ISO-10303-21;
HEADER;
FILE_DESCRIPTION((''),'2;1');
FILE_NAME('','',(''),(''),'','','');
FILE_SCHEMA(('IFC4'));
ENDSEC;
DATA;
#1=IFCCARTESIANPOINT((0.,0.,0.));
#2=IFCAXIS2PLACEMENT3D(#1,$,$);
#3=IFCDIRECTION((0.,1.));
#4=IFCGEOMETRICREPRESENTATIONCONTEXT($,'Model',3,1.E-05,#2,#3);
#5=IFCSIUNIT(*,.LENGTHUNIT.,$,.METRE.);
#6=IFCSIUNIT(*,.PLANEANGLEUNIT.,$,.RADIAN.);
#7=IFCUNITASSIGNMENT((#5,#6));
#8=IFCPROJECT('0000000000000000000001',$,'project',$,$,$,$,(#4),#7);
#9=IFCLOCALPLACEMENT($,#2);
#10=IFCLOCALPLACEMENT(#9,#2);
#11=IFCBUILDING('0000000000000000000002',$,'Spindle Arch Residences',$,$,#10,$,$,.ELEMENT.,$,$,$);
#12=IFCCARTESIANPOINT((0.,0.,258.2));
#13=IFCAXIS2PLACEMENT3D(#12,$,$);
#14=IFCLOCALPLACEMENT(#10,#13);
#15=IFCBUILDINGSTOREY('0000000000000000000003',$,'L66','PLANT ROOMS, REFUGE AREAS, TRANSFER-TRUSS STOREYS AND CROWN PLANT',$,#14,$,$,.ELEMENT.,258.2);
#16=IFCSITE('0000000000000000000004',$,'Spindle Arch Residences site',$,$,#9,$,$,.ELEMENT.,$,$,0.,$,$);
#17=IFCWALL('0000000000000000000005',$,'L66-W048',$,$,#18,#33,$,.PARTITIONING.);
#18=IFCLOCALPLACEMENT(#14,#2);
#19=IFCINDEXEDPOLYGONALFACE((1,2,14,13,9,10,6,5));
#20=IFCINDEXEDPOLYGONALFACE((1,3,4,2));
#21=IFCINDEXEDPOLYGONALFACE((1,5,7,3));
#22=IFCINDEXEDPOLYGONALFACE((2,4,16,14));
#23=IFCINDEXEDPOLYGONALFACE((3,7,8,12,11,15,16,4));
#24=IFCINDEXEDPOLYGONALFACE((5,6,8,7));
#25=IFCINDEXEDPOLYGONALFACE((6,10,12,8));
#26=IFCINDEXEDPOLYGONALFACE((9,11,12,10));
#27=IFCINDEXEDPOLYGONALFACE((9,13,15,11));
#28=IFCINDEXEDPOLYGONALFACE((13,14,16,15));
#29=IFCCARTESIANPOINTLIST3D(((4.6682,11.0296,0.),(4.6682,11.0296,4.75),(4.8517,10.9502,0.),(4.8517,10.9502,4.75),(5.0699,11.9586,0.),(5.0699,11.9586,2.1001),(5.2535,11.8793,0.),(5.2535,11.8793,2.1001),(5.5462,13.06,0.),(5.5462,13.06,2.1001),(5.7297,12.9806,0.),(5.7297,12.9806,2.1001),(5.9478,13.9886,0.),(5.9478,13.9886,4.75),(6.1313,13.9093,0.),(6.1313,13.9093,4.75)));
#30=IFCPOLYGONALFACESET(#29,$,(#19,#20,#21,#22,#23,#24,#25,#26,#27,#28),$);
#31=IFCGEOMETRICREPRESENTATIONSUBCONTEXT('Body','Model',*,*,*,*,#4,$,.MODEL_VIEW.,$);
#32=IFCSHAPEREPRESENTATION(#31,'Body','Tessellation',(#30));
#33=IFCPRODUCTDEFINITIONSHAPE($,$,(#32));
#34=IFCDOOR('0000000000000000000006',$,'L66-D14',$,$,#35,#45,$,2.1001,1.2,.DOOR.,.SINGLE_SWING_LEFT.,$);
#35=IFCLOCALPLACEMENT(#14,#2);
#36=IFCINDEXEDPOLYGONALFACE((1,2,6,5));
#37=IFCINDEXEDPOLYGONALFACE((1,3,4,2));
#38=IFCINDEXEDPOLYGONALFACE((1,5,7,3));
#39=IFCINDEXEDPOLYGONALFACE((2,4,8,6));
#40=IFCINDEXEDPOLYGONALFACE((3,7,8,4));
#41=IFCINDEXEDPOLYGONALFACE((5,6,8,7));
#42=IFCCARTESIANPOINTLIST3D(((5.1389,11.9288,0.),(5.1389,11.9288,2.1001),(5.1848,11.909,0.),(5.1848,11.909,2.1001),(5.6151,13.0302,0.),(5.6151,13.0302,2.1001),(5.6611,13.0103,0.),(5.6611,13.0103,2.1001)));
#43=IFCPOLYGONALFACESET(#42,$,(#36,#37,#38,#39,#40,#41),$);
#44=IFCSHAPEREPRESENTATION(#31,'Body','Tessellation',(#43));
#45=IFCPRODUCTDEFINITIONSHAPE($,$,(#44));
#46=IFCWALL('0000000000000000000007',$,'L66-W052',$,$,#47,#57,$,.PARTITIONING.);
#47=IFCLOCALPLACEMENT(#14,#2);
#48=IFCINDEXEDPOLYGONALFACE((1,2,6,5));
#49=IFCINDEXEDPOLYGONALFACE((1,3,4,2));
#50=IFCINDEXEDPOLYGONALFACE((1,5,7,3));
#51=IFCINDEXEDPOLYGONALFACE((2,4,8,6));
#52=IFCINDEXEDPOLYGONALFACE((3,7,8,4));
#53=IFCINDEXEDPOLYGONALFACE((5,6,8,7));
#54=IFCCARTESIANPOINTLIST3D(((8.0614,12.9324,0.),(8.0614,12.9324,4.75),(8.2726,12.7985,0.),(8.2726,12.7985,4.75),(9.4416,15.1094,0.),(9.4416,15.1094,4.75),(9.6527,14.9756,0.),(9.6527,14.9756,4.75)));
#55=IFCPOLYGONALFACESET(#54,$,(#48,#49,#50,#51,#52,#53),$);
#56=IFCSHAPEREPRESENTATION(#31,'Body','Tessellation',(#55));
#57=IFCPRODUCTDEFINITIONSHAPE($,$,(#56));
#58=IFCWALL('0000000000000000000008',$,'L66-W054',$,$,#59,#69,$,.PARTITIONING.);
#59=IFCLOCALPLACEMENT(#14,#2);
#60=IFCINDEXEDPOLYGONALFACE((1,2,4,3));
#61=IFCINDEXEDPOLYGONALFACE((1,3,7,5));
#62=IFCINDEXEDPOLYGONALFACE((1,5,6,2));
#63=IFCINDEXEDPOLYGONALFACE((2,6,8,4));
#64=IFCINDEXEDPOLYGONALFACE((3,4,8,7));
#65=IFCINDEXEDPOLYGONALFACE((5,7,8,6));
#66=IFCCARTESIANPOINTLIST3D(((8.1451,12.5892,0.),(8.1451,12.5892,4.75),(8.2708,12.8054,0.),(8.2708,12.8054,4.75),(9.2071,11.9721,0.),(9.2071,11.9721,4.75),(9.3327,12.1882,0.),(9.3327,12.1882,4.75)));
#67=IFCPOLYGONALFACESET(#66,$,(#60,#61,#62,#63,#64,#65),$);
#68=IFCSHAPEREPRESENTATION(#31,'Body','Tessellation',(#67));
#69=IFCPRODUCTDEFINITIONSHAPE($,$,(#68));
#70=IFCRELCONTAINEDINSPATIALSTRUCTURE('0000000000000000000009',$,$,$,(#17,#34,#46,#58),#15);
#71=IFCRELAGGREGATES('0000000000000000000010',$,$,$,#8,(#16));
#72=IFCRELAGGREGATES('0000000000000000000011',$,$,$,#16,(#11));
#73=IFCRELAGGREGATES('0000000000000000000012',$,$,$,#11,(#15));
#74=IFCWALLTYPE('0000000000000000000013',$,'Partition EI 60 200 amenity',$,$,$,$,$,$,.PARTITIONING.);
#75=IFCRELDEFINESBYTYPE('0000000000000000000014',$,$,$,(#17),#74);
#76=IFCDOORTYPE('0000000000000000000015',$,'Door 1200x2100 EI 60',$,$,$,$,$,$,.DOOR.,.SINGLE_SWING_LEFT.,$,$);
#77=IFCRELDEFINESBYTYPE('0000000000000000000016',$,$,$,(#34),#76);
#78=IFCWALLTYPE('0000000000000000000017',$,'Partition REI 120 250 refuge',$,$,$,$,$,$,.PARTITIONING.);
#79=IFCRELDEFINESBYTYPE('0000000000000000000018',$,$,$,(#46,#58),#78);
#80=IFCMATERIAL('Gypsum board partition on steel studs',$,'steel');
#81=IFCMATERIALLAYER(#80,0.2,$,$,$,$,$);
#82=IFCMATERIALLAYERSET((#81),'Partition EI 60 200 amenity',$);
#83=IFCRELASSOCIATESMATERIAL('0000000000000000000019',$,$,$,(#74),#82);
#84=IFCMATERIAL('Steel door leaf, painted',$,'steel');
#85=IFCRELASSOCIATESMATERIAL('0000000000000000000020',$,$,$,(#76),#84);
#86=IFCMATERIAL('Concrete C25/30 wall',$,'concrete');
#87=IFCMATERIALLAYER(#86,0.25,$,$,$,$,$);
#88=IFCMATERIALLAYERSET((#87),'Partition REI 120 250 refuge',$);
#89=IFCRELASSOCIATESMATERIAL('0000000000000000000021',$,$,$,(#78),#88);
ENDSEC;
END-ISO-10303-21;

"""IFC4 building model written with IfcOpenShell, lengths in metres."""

from ifc_helpers import new_model, si_unit, direction, frame, frame_2d, origin, place, context, subcontext, project, spatial, rectangle, extrude, material, layer, layer_set, type_object, element, fill, save


model = new_model("IFC4")

# Units and contexts
model_context = context("Model", 3, precision=1e-05, world=origin(), true_north=direction((0.0, 1.0)))
body_context = subcontext(model_context, "Body", "Model", "MODEL_VIEW")
ifc_project = project(units=[si_unit("LENGTHUNIT", "METRE"), si_unit("PLANEANGLEUNIT", "RADIAN")], contexts=[model_context])

# Site, building, storey
site_placement = place(None, origin())
site = spatial("IfcSite", under=ifc_project, at=site_placement, Name="Spindle Arch Residences site", CompositionType="ELEMENT", RefElevation=0.0)
building_placement = place(site_placement, origin())
building = spatial("IfcBuilding", under=site, at=building_placement, Name="Spindle Arch Residences", CompositionType="ELEMENT")
storey_placement = place(building_placement, frame((0.0, 0.0, 258.2)))
storey = spatial("IfcBuildingStorey", under=building, at=storey_placement, Name="L66", Description="PLANT ROOMS, REFUGE AREAS, TRANSFER-TRUSS STOREYS AND CROWN PLANT", CompositionType="ELEMENT", Elevation=258.2)

# Wall, opening, door
ifc_material_1 = material(Name="Gypsum board partition on steel studs", Category="steel")
ifc_layer_1 = layer(ifc_material_1, 0.2)
ifc_layer_set_1 = layer_set([ifc_layer_1], Name="Partition EI 60 200 amenity")
wall_type_1 = type_object("IfcWallType", Name="Partition EI 60 200 amenity", PredefinedType="PARTITIONING", material=ifc_layer_set_1)
wall_1_placement = place(storey_placement, frame((4.76, 10.99, 0.0), z_axis=(0.0, 0.0, 1.0), x_axis=(0.396906, 0.917859, 0.0)))
wall_1 = element("IfcWall", 1, at=wall_1_placement, inside=storey, type_object=wall_type_1, Name="L66-W048", PredefinedType="PARTITIONING", context=body_context, shape_type="SweptSolid", body=[
    extrude(rectangle(XDim=3.2239, YDim=0.2, at=frame_2d((1.6118, 0.0))), origin(), (0.0, 0.0, 1.0), 4.75),
])
opening_1_placement = place(wall_1_placement, frame((1.012, 0.0, 0.0)))
opening_1 = element("IfcOpeningElement", 2, at=opening_1_placement, cuts=wall_1, PredefinedType="OPENING", context=body_context, shape_type="SweptSolid", body=[
    extrude(rectangle(XDim=1.2, YDim=2.1001, at=frame_2d((0.6001, 1.05))), frame((0.0, 0.1099, 0.0), z_axis=(0.0, -1.0, 0.0), x_axis=(1.0, 0.0, 0.0)), (0.0, 0.0, 1.0), 0.22),
])
ifc_material_2 = material(Name="Steel door leaf, painted", Category="steel")
door_type_1 = type_object("IfcDoorType", Name="Door 1200x2100 EI 60", OperationType="SINGLE_SWING_LEFT", PredefinedType="DOOR", material=ifc_material_2)
door_1_placement = place(opening_1_placement, origin())
door_1 = element("IfcDoor", 3, at=door_1_placement, inside=storey, type_object=door_type_1, Name="L66-D14", OperationType="SINGLE_SWING_LEFT", OverallHeight=2.1001, OverallWidth=1.2, PredefinedType="DOOR", context=body_context, shape_type="SweptSolid", body=[
    extrude(rectangle(XDim=1.2, YDim=2.1001, at=frame_2d((0.6001, 1.05))), frame((0.0, 0.0249, 0.0), z_axis=(0.0, -1.0, 0.0), x_axis=(1.0, 0.0, 0.0)), (0.0, 0.0, 1.0), 0.05),
])
fill(opening_1, door_1)

# Walls
ifc_material_3 = material(Name="Concrete C25/30 wall", Category="concrete")
ifc_layer_2 = layer(ifc_material_3, 0.25)
ifc_layer_set_2 = layer_set([ifc_layer_2], Name="Partition REI 120 250 refuge")
wall_type_2 = type_object("IfcWallType", Name="Partition REI 120 250 refuge", PredefinedType="PARTITIONING", material=ifc_layer_set_2)
wall_2_placement = place(storey_placement, frame((8.167, 12.8655, 0.0), z_axis=(0.0, 0.0, 1.0), x_axis=(0.535428, 0.844581, 0.0)))
element("IfcWall", 4, at=wall_2_placement, inside=storey, type_object=wall_type_2, Name="L66-W052", PredefinedType="PARTITIONING", context=body_context, shape_type="SweptSolid", body=[
    extrude(rectangle(XDim=2.5776, YDim=0.25, at=frame_2d((1.2888, 0.0))), origin(), (0.0, 0.0, 1.0), 4.75),
])
wall_3_placement = place(storey_placement, frame((9.27, 12.0801, 0.0), z_axis=(0.0, 0.0, 1.0), x_axis=(-0.8646, 0.502462, 0.0)))
element("IfcWall", 5, at=wall_3_placement, inside=storey, type_object=wall_type_2, Name="L66-W054", PredefinedType="PARTITIONING", context=body_context, shape_type="SweptSolid", body=[
    extrude(rectangle(XDim=1.2283, YDim=0.25, at=frame_2d((0.6143, 0.0))), origin(), (0.0, 0.0, 1.0), 4.75),
])

save(model, "model.ifc")
